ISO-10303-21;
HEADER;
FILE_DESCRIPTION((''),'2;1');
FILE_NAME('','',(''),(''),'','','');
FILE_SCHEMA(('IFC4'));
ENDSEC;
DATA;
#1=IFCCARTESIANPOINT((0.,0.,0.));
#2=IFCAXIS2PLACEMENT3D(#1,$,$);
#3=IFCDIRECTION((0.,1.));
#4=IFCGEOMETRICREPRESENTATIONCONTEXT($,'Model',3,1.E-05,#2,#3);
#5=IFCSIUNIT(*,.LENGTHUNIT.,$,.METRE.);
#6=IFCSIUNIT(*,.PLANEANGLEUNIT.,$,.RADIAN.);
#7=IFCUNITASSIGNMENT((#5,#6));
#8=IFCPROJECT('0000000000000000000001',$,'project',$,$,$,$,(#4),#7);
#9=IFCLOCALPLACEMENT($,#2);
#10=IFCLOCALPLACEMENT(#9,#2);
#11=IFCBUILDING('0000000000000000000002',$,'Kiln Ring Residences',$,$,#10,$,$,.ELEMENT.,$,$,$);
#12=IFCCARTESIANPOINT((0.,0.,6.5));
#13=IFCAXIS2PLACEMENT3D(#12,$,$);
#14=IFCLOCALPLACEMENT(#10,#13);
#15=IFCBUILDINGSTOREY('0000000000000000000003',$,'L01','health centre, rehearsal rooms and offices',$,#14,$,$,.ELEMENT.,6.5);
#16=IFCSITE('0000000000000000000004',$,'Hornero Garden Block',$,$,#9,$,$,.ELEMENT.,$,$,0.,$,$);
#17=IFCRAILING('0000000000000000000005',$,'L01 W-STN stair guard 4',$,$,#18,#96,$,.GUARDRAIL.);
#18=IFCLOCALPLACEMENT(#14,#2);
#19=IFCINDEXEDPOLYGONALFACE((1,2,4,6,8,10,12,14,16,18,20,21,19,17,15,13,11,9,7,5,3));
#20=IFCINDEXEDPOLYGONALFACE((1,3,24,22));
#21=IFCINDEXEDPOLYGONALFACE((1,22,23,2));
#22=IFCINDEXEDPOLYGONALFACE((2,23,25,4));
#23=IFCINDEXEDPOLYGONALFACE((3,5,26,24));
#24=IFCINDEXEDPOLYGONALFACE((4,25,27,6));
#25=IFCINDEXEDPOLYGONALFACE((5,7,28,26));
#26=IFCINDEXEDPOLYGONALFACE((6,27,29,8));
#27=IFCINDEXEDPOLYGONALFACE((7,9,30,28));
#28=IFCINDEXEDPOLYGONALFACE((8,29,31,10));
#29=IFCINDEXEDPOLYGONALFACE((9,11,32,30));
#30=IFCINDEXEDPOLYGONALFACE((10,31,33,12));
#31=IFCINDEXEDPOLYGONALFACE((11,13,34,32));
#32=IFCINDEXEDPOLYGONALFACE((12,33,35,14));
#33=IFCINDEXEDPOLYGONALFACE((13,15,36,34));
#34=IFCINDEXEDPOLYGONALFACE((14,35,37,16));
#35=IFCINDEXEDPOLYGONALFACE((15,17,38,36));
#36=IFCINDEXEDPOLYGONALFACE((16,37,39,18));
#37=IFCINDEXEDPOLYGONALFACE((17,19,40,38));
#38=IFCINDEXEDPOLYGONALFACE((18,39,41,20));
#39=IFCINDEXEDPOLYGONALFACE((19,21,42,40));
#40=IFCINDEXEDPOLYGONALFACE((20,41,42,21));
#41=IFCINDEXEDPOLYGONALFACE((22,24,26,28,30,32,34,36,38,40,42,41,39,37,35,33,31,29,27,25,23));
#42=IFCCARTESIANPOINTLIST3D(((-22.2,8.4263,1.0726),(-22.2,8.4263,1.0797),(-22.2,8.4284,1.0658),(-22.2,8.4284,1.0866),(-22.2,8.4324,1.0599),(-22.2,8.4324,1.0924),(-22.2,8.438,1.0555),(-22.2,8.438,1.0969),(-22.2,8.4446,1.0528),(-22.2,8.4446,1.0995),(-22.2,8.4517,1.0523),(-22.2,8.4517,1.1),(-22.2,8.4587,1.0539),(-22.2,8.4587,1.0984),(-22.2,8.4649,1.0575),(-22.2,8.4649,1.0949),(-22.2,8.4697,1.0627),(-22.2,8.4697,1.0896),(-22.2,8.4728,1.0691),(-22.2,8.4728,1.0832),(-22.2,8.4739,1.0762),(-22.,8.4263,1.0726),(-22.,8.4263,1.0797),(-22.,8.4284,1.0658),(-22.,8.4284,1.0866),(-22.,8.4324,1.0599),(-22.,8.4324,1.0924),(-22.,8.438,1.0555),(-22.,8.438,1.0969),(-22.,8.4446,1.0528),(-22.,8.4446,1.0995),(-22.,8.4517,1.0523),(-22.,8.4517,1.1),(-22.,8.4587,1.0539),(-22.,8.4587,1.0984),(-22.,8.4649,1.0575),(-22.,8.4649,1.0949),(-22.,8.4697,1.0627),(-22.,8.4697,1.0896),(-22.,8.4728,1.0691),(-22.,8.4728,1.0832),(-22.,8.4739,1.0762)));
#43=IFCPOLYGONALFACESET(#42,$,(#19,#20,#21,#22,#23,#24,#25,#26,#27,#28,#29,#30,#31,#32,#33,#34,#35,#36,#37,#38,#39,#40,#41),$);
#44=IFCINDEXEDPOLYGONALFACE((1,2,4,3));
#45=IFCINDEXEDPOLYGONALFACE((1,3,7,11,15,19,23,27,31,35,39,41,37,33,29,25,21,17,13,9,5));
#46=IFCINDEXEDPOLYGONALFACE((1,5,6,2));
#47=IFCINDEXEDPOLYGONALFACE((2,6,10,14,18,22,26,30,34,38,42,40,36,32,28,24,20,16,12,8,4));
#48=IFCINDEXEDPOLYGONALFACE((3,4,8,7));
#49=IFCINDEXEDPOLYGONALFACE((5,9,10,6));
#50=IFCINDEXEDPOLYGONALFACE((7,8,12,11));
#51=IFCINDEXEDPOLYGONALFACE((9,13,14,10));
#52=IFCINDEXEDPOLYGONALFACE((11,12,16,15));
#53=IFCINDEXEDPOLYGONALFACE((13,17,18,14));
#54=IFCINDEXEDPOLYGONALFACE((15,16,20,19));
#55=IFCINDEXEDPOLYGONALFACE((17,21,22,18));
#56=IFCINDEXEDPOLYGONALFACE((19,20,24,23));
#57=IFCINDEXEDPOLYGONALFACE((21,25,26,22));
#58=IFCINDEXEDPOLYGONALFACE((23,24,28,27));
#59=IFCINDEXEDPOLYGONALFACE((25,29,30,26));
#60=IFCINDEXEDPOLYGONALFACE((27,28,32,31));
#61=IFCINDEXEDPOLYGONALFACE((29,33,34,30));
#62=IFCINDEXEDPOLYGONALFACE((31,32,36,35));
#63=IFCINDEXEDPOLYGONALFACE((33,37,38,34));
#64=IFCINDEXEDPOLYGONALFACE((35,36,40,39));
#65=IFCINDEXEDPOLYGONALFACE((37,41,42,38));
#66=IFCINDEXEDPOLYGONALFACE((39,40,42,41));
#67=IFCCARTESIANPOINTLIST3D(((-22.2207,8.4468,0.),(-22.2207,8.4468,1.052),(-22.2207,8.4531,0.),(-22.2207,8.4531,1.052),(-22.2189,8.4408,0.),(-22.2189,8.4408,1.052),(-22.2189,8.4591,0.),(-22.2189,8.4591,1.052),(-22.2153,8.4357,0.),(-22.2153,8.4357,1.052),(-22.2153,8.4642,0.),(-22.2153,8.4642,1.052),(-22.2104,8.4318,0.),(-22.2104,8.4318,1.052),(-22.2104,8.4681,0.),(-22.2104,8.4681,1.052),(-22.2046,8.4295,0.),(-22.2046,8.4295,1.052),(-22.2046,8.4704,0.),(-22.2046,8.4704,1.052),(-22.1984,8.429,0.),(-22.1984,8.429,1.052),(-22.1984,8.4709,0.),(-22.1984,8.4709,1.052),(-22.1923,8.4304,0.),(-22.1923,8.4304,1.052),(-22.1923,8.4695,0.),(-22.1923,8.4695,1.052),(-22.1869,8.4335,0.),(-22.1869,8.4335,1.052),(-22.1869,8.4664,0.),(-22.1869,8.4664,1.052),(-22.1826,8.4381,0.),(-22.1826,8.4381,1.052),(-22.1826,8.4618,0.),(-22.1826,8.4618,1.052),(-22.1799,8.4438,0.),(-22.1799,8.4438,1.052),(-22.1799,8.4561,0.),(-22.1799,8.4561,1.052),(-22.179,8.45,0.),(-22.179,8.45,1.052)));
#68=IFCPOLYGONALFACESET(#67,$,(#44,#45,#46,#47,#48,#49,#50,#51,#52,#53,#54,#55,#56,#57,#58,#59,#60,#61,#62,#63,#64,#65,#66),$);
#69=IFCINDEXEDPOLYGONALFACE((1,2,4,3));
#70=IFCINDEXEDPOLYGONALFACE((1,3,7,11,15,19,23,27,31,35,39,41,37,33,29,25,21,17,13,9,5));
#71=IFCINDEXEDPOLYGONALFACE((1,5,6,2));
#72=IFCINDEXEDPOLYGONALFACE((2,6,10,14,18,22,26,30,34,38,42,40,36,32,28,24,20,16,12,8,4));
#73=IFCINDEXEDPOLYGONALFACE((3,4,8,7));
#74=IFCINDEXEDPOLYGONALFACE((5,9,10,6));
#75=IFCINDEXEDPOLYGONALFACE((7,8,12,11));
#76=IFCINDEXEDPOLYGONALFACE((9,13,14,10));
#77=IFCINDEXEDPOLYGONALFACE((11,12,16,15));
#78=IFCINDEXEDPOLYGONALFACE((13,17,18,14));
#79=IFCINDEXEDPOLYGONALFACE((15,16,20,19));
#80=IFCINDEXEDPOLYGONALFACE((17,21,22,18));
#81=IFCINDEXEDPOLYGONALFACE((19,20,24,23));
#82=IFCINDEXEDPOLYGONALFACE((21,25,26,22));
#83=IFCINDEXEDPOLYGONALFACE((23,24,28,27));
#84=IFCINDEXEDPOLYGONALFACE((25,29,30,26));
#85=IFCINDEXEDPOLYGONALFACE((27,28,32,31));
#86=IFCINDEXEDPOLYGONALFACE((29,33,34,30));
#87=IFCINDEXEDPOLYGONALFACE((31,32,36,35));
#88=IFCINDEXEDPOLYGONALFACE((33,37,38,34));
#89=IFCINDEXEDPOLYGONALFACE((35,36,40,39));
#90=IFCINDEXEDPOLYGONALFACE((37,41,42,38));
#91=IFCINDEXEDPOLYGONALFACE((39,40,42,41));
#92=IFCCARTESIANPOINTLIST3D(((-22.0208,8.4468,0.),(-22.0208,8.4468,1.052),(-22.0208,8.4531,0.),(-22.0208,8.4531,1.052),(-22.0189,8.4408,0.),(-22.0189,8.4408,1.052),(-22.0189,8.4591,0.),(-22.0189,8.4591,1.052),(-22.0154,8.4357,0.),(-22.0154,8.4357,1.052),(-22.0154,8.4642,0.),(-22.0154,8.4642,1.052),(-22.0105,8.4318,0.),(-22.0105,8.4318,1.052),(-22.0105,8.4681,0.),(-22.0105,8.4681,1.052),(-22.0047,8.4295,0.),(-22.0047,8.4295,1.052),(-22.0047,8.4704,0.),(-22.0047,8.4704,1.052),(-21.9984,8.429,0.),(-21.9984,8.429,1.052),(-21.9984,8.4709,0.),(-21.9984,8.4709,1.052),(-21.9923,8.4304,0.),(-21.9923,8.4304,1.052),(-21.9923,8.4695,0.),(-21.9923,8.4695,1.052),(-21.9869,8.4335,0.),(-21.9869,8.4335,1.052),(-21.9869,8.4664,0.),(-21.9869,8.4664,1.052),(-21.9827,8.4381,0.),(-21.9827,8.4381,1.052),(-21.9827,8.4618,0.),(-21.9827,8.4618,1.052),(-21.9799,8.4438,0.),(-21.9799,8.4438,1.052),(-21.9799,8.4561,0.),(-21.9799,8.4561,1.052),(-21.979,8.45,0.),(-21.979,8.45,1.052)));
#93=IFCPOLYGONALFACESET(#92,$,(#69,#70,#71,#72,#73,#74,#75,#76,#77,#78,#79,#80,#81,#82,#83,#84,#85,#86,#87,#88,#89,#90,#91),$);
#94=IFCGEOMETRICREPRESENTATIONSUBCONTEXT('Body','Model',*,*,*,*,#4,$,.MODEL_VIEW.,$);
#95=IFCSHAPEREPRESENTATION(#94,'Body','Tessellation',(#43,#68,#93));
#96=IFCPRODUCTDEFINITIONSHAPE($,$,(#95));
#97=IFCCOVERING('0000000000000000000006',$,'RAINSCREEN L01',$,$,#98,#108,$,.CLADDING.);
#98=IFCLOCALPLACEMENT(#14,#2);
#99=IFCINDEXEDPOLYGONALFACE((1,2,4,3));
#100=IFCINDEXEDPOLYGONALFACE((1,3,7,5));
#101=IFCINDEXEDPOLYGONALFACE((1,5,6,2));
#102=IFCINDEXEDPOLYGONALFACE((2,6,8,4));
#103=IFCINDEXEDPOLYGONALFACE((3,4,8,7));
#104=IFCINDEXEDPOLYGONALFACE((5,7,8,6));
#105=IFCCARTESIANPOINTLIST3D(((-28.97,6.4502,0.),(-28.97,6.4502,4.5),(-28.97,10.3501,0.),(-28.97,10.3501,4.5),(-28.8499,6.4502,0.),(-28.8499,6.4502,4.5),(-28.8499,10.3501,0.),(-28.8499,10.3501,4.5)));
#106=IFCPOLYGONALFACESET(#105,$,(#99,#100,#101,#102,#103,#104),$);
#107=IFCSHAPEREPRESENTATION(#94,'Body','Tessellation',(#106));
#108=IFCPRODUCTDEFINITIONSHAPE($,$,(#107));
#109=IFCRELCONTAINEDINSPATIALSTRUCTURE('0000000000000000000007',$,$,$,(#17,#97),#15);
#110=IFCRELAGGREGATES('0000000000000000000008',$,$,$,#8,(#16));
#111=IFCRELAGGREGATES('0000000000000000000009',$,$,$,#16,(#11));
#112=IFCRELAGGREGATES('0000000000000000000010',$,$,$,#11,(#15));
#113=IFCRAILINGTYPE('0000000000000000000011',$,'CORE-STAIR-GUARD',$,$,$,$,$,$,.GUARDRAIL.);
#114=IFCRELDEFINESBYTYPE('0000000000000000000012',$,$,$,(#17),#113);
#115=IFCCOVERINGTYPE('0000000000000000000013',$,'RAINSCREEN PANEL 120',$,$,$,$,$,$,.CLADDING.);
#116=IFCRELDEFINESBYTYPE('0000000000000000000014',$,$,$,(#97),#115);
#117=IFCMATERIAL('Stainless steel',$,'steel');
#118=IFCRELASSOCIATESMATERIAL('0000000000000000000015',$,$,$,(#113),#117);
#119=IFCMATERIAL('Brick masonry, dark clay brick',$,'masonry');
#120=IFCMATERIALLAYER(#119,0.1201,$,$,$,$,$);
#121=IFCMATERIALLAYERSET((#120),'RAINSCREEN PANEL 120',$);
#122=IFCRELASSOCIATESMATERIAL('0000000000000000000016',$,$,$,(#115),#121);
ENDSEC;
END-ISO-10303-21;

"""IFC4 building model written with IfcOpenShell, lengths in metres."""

from ifc_helpers import new_model, si_unit, direction, frame, origin, origin_2d, place, context, subcontext, project, spatial, polyline, circle, outline, extrude, material, layer, layer_set, type_object, element, save


model = new_model("IFC4")

# Units and contexts
model_context = context("Model", 3, precision=1e-05, world=origin(), true_north=direction((0.0, 1.0)))
body_context = subcontext(model_context, "Body", "Model", "MODEL_VIEW")
ifc_project = project(units=[si_unit("LENGTHUNIT", "METRE"), si_unit("PLANEANGLEUNIT", "RADIAN")], contexts=[model_context])

# Site, building, storey
site_placement = place(None, origin())
site = spatial("IfcSite", under=ifc_project, at=site_placement, Name="Hornero Garden Block", CompositionType="ELEMENT", RefElevation=0.0)
building_placement = place(site_placement, origin())
building = spatial("IfcBuilding", under=site, at=building_placement, Name="Kiln Ring Residences", CompositionType="ELEMENT")
storey_placement = place(building_placement, frame((0.0, 0.0, 6.5)))
storey = spatial("IfcBuildingStorey", under=building, at=storey_placement, Name="L01", Description="health centre, rehearsal rooms and offices", CompositionType="ELEMENT", Elevation=6.5)

# Railing
ifc_material_1 = material(Name="Stainless steel", Category="steel")
railing_type = type_object("IfcRailingType", Name="CORE-STAIR-GUARD", PredefinedType="GUARDRAIL", material=ifc_material_1)
railing_placement = place(storey_placement, frame((-22.2, 8.45, 0.0)))
element("IfcRailing", 1, at=railing_placement, inside=storey, type_object=railing_type, Name="L01 W-STN stair guard 4", PredefinedType="GUARDRAIL", context=body_context, shape_type="SweptSolid", body=[
    extrude(circle(Radius=0.0239, at=origin_2d()), frame((0.0, 0.0, 1.0762), z_axis=(1.0, 0.0, 0.0), x_axis=(0.0, 1.0, 0.0)), (0.0, 0.0, 1.0), 0.2),
    extrude(circle(Radius=0.021, at=origin_2d()), origin(), (0.0, 0.0, 1.0), 1.052),
    extrude(circle(Radius=0.021, at=origin_2d()), frame((0.2, 0.0, 0.0)), (0.0, 0.0, 1.0), 1.052),
])

# Covering
ifc_material_2 = material(Name="Brick masonry, dark clay brick", Category="masonry")
ifc_layer_1 = layer(ifc_material_2, 0.1201)
ifc_layer_set_1 = layer_set([ifc_layer_1], Name="RAINSCREEN PANEL 120")
covering_type = type_object("IfcCoveringType", Name="RAINSCREEN PANEL 120", PredefinedType="CLADDING", material=ifc_layer_set_1)
covering_placement = place(storey_placement, frame((-28.9099, 10.3501, 0.0), z_axis=(0.0, 0.0, 1.0), x_axis=(0.0, -1.0, 0.0)))
element("IfcCovering", 2, at=covering_placement, inside=storey, type_object=covering_type, Name="RAINSCREEN L01", PredefinedType="CLADDING", context=body_context, shape_type="SweptSolid", body=[
    extrude(outline(polyline([(0.0, 0.0), (3.8999, 0.0), (3.8999, 4.5), (0.0, 4.5), (0.0, 0.0)])), frame((0.0, 0.0601, 0.0), z_axis=(0.0, -1.0, 0.0), x_axis=(1.0, 0.0, 0.0)), (0.0, 0.0, 1.0), 0.1201),
])

save(model, "model.ifc")
